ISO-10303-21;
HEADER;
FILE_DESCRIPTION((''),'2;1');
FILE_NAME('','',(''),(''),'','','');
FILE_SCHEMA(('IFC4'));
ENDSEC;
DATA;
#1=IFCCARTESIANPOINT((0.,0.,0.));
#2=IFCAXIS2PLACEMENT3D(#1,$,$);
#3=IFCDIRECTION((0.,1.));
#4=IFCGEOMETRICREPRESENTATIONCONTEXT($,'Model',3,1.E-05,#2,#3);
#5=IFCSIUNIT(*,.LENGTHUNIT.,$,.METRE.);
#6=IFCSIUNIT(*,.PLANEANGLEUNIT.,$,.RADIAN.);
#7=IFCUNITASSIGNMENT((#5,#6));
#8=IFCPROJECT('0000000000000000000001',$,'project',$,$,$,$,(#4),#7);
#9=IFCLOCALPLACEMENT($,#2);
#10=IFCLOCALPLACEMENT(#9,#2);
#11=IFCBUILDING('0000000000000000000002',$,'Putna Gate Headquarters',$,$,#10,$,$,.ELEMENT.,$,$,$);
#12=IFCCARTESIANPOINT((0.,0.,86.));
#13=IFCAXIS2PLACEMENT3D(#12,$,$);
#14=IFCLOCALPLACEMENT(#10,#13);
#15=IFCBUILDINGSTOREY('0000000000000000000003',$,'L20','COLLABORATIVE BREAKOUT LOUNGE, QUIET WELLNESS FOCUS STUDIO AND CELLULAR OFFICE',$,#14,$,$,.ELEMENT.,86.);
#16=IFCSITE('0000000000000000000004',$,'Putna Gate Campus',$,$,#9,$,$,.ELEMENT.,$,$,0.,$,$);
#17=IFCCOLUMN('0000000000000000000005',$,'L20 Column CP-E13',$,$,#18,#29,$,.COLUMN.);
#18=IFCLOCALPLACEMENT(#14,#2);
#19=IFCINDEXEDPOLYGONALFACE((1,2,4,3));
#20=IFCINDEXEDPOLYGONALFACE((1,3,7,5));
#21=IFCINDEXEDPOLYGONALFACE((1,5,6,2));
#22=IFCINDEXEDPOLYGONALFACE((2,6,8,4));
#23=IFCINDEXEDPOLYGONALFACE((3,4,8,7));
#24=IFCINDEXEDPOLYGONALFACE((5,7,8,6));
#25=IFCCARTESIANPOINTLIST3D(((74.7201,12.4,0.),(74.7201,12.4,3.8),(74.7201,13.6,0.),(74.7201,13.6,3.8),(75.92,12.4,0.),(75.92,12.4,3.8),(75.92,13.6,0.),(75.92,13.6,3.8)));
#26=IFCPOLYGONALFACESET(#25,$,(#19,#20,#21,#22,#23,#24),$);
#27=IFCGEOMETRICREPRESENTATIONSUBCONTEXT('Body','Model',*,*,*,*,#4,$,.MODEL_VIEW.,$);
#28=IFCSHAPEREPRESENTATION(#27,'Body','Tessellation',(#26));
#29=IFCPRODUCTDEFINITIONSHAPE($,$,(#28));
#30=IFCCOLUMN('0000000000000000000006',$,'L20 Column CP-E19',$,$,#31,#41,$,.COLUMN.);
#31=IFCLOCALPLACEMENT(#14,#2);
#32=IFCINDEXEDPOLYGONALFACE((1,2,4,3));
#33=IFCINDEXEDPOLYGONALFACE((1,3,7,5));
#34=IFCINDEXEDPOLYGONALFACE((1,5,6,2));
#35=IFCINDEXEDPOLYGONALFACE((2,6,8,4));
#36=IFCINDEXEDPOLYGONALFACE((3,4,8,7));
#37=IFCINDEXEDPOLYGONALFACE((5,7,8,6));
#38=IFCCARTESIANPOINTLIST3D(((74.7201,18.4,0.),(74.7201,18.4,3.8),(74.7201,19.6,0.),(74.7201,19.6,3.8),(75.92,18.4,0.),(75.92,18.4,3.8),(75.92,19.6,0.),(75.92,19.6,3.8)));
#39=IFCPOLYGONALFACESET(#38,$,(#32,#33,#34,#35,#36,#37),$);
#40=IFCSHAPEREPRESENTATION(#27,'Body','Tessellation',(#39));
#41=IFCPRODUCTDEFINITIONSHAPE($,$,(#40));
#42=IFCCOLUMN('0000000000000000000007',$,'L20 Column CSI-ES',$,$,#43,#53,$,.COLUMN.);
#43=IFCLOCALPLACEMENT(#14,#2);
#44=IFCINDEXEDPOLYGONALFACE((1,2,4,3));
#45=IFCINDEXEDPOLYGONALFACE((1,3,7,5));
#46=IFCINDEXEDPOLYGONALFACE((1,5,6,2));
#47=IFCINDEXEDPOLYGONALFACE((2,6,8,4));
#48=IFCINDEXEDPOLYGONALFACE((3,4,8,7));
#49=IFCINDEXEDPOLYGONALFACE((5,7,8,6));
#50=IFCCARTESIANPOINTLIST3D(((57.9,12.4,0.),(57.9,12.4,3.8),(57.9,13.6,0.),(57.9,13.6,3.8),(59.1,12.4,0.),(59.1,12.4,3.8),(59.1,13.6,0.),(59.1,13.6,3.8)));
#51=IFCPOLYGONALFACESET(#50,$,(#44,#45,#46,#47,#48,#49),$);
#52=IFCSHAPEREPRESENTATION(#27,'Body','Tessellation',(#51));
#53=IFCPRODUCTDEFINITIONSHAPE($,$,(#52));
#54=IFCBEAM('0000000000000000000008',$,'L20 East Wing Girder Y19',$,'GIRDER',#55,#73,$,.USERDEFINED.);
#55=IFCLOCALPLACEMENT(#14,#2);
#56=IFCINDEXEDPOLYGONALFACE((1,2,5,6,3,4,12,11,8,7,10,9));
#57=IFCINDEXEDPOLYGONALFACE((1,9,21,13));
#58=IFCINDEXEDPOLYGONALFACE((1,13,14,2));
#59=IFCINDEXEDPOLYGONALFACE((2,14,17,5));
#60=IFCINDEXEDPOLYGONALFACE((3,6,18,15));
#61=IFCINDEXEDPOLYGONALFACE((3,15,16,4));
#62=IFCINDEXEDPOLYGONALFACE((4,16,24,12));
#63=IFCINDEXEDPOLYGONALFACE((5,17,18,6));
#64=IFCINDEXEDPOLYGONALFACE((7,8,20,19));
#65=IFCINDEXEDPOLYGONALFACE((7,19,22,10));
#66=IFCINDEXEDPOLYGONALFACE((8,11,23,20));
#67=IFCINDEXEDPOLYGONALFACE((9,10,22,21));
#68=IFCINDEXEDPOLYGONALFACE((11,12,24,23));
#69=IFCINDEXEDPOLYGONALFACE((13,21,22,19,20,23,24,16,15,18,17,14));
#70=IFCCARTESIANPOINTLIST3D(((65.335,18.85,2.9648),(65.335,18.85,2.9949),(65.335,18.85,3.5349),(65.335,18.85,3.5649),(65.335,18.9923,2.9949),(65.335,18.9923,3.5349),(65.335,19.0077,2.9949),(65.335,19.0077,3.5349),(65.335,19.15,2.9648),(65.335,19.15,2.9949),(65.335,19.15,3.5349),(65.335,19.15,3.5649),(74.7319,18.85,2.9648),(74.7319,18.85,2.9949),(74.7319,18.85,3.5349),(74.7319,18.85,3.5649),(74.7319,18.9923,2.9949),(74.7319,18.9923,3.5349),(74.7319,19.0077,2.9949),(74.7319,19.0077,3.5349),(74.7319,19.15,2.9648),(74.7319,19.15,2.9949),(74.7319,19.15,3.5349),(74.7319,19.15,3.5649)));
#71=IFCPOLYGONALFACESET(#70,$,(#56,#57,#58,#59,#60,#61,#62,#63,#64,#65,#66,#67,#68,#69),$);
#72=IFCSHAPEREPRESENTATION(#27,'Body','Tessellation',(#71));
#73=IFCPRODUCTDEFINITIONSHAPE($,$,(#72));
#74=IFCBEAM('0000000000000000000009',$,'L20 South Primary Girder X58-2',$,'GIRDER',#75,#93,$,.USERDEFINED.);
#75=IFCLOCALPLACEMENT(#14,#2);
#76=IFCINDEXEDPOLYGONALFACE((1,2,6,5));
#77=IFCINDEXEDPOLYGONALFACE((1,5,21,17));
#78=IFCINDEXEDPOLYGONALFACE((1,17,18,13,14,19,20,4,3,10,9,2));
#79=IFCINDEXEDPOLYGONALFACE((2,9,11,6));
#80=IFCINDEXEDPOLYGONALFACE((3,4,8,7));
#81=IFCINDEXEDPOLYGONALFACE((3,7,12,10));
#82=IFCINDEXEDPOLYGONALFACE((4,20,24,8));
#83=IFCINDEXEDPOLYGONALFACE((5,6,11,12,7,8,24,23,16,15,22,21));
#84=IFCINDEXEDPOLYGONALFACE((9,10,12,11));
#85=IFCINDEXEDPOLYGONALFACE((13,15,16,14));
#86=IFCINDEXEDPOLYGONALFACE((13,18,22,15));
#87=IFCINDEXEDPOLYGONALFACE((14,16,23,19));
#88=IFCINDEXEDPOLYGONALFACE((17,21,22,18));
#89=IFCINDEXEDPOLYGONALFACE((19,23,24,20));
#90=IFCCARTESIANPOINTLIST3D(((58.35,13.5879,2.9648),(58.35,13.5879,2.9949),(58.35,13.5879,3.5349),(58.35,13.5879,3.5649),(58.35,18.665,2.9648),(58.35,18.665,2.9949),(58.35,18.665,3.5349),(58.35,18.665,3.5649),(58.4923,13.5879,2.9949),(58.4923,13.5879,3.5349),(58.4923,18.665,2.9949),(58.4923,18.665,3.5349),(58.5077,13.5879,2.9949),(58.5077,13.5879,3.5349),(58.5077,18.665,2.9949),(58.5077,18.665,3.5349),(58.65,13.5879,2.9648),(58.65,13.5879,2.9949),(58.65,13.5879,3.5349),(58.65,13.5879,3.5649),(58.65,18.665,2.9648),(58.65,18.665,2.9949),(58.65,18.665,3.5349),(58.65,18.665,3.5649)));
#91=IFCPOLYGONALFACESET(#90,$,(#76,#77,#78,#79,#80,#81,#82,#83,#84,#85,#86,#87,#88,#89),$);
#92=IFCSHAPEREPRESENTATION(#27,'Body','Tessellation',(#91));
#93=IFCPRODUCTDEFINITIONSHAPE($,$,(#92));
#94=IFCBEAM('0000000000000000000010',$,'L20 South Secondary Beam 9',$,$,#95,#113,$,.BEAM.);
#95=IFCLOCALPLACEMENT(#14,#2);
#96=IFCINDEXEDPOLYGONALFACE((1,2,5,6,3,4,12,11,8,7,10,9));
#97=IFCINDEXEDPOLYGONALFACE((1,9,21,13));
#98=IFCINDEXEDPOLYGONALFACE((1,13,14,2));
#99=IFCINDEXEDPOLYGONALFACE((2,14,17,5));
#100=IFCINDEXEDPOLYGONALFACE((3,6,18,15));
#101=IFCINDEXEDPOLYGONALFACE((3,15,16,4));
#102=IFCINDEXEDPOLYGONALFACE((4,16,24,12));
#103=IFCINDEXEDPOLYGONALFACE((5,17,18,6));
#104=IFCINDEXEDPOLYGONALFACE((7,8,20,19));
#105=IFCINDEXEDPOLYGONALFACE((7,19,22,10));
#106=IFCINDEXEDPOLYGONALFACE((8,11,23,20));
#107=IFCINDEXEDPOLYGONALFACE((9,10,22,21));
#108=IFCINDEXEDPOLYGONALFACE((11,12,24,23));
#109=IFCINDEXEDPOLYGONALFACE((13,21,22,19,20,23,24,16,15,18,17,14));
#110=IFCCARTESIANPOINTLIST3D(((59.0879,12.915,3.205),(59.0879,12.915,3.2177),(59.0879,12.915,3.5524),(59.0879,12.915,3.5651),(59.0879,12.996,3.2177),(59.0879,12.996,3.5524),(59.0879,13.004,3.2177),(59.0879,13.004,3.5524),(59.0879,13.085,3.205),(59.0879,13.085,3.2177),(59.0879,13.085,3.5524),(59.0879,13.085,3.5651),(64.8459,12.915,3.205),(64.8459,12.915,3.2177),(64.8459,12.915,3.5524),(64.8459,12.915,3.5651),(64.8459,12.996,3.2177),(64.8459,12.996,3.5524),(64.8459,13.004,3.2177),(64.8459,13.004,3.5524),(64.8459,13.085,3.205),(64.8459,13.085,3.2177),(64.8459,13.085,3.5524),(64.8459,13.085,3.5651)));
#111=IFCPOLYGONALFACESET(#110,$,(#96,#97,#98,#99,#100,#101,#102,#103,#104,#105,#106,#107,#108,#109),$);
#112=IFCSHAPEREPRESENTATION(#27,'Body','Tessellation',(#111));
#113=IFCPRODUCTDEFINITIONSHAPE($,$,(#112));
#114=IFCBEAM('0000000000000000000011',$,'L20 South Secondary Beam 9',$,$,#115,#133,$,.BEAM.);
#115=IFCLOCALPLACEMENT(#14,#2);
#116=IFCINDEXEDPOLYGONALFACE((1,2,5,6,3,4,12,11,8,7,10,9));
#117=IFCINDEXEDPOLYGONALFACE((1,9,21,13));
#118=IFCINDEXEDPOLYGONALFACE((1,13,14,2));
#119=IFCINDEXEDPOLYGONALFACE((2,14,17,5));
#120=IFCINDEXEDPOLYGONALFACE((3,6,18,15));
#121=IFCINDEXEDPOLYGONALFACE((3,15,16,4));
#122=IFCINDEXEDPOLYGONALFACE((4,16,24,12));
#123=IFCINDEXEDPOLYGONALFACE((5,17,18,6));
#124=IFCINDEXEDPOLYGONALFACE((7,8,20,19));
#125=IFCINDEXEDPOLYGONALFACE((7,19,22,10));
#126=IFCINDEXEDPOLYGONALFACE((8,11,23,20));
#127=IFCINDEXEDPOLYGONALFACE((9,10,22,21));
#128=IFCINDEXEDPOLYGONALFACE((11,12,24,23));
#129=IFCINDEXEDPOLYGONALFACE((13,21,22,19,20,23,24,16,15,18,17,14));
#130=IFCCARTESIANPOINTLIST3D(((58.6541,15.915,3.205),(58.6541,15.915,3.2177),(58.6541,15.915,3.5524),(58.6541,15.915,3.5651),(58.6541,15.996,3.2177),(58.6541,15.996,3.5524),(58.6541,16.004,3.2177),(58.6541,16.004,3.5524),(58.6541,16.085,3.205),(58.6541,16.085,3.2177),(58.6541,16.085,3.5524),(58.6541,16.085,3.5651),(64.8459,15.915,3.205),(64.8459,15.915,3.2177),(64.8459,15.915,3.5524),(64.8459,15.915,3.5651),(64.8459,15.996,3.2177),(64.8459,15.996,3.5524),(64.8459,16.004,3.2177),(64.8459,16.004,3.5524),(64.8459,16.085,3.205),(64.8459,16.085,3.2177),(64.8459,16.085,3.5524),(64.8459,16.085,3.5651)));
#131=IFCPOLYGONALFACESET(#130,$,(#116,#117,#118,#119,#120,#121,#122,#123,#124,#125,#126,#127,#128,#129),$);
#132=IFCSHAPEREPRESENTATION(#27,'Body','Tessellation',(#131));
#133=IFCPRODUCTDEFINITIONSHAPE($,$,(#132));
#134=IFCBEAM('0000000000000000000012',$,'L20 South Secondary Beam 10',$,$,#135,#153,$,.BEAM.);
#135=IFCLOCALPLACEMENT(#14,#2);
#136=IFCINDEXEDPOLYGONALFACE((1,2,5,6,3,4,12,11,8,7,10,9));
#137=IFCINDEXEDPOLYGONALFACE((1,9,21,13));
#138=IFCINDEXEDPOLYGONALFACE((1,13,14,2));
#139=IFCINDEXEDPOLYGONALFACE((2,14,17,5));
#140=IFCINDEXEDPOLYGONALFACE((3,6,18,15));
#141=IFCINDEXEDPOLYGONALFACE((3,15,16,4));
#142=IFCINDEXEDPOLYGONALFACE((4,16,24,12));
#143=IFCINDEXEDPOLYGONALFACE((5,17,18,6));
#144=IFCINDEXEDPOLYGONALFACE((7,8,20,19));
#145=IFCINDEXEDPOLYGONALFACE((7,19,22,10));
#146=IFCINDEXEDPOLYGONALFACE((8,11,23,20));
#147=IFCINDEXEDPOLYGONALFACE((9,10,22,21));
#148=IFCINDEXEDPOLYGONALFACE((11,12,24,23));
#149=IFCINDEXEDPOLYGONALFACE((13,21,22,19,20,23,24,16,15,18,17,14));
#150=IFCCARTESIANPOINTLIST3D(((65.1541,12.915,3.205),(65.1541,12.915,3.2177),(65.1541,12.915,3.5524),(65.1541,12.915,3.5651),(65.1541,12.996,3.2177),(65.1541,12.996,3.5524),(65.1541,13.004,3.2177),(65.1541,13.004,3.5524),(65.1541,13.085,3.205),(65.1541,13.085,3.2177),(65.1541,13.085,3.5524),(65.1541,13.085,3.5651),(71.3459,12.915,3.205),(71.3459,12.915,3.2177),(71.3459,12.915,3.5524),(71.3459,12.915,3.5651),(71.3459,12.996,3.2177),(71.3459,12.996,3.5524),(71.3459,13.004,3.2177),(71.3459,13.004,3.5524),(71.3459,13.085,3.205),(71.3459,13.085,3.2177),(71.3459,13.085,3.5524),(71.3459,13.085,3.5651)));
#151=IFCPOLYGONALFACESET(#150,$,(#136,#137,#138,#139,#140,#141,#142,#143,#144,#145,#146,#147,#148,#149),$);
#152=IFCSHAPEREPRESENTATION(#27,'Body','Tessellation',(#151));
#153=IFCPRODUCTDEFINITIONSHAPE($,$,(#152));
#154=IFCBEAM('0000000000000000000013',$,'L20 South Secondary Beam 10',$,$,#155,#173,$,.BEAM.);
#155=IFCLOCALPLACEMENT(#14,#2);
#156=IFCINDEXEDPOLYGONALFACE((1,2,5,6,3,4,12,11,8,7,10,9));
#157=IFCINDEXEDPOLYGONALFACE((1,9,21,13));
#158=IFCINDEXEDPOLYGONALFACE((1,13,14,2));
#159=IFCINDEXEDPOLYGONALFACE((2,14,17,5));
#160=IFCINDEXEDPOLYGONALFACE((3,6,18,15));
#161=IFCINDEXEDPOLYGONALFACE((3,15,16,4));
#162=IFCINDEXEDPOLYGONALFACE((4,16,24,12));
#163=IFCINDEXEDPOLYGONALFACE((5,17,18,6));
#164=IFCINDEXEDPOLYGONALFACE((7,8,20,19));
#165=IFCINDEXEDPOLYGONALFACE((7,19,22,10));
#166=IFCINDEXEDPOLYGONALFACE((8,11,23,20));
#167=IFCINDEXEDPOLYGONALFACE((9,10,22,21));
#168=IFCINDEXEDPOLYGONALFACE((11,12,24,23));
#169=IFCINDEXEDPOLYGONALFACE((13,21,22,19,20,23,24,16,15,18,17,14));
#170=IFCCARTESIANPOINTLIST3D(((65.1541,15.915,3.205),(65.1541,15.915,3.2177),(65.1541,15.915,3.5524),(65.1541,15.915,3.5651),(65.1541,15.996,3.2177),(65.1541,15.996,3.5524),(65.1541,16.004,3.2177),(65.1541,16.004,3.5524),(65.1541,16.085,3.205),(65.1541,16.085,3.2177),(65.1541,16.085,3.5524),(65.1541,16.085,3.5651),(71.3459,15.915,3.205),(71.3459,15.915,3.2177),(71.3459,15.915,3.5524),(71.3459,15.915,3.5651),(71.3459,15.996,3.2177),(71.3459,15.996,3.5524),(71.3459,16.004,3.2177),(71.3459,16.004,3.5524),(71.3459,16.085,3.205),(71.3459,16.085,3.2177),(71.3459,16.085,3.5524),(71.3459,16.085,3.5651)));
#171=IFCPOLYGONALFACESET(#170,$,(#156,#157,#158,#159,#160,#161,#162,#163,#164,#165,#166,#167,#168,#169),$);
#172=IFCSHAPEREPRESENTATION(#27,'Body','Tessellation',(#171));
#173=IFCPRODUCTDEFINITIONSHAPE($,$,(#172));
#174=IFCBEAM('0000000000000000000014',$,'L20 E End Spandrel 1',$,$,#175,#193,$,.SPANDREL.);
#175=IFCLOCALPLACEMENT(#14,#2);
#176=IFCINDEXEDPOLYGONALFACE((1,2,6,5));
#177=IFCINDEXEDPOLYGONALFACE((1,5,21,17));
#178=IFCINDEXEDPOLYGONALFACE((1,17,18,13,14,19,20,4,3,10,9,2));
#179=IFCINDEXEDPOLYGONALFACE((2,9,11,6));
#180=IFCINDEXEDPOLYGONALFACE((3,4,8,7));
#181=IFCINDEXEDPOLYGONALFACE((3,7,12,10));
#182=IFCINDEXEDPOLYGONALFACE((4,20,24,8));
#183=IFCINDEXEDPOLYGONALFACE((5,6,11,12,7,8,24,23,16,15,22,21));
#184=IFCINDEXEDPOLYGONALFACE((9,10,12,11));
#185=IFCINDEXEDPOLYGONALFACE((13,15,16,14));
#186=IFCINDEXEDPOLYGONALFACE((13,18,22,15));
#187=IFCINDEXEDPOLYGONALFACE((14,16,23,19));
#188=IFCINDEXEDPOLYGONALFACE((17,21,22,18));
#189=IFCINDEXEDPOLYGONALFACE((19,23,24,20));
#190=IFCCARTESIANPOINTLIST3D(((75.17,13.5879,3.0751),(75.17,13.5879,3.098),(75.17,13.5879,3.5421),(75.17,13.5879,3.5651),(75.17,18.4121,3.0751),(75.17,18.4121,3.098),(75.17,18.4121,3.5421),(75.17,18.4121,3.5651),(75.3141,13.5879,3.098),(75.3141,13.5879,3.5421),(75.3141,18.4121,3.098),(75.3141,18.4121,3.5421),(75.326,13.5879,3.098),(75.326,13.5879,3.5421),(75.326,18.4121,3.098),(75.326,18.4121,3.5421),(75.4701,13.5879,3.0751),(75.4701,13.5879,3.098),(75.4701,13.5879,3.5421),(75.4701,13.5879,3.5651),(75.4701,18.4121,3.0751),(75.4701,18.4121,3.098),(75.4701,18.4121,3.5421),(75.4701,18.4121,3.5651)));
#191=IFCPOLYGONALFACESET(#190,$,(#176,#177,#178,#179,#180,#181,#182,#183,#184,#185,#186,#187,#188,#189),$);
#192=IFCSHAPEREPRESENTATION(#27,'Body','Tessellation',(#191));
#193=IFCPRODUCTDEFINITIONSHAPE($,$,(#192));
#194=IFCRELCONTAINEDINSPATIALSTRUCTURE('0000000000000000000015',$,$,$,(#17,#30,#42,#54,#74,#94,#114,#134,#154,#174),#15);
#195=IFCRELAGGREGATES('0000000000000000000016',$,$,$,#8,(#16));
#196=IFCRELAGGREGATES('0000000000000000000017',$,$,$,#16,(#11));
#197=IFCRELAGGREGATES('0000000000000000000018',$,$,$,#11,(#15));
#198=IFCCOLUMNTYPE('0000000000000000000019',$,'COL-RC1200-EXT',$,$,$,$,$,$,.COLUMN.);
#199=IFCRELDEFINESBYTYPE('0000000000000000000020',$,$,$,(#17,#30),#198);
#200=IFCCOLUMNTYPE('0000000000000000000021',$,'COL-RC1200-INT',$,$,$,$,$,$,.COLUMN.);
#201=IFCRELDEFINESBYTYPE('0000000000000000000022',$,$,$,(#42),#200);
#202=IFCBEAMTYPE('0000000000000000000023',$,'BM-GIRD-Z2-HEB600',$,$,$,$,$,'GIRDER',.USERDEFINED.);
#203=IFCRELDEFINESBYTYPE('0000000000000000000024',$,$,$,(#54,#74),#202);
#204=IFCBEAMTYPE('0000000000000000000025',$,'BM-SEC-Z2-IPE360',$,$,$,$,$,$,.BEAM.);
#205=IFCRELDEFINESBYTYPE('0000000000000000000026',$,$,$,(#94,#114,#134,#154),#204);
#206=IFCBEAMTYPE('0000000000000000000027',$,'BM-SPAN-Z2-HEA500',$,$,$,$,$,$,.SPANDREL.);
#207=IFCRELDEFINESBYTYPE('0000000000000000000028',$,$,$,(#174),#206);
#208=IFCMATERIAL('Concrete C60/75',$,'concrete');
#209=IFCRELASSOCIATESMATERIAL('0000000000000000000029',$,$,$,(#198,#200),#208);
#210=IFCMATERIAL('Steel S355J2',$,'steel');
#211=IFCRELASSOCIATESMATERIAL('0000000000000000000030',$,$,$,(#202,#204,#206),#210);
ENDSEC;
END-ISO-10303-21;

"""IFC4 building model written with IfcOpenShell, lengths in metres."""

from ifc_helpers import new_model, si_unit, direction, frame, origin, origin_2d, place, context, subcontext, project, spatial, rectangle, i_section, extrude, material, material_profile, profile_set, type_object, element, save


model = new_model("IFC4")

# Units and contexts
model_context = context("Model", 3, precision=1e-05, world=origin(), true_north=direction((0.0, 1.0)))
body_context = subcontext(model_context, "Body", "Model", "MODEL_VIEW")
ifc_project = project(units=[si_unit("LENGTHUNIT", "METRE"), si_unit("PLANEANGLEUNIT", "RADIAN")], contexts=[model_context])

# Site, building, storey
site_placement = place(None, origin())
site = spatial("IfcSite", under=ifc_project, at=site_placement, Name="Putna Gate Campus", CompositionType="ELEMENT", RefElevation=0.0)
building_placement = place(site_placement, origin())
building = spatial("IfcBuilding", under=site, at=building_placement, Name="Putna Gate Headquarters", CompositionType="ELEMENT")
storey_placement = place(building_placement, frame((0.0, 0.0, 86.0)))
storey = spatial("IfcBuildingStorey", under=building, at=storey_placement, Name="L20", Description="COLLABORATIVE BREAKOUT LOUNGE, QUIET WELLNESS FOCUS STUDIO AND CELLULAR OFFICE", CompositionType="ELEMENT", Elevation=86.0)

# Columns
ifc_material_1 = material(Name="Concrete C60/75", Category="concrete")
ifc_material_profile_1 = material_profile(ifc_material_1, rectangle(XDim=1.2, YDim=1.2, at=origin_2d()), Name="Concrete C60/75")
ifc_profile_set_1 = profile_set([ifc_material_profile_1], Name="Concrete C60/75")
column_type_1 = type_object("IfcColumnType", Name="COL-RC1200-EXT", PredefinedType="COLUMN", material=ifc_profile_set_1)
for number, where, z_axis, x_axis, name in (
    (1, (75.3201, 13.0, 0.0), (0.0, 0.0, 1.0), (1.0, 0.0, 0.0), "L20 Column CP-E13"),
    (2, (75.3201, 19.0, 0.0), (0.0, 0.0, 1.0), (1.0, 0.0, 0.0), "L20 Column CP-E19"),
):
    element("IfcColumn", number, at=place(storey_placement, frame(where, z_axis=z_axis, x_axis=x_axis)), inside=storey, type_object=column_type_1, Name=name, PredefinedType="COLUMN", context=body_context, shape_type="SweptSolid", body=[
        extrude(rectangle(XDim=1.2, YDim=1.2, at=origin_2d()), origin(), (0.0, 0.0, 1.0), 3.8),
    ])
ifc_material_profile_2 = material_profile(ifc_material_1, rectangle(XDim=1.2, YDim=1.2, at=origin_2d()), Name="Concrete C60/75")
ifc_profile_set_2 = profile_set([ifc_material_profile_2], Name="Concrete C60/75")
column_type_2 = type_object("IfcColumnType", Name="COL-RC1200-INT", PredefinedType="COLUMN", material=ifc_profile_set_2)
column_placement = place(storey_placement, frame((58.5, 13.0, 0.0), z_axis=(0.0, 0.0, 1.0), x_axis=(1.0, 0.0, 0.0)))
element("IfcColumn", 3, at=column_placement, inside=storey, type_object=column_type_2, Name="L20 Column CSI-ES", PredefinedType="COLUMN", context=body_context, shape_type="SweptSolid", body=[
    extrude(rectangle(XDim=1.2, YDim=1.2, at=origin_2d()), origin(), (0.0, 0.0, 1.0), 3.8),
])

# Beams
ifc_material_2 = material(Name="Steel S355J2", Category="steel")
ifc_material_profile_3 = material_profile(ifc_material_2, i_section(OverallWidth=0.3, OverallDepth=0.6001, WebThickness=0.0154, FlangeThickness=0.03, at=origin_2d()), Name="Steel S355J2")
ifc_profile_set_3 = profile_set([ifc_material_profile_3], Name="Steel S355J2")
beam_type_1 = type_object("IfcBeamType", Name="BM-GIRD-Z2-HEB600", ElementType="GIRDER", PredefinedType="USERDEFINED", material=ifc_profile_set_3)
beam_1_placement = place(storey_placement, frame((65.335, 19.0, 3.2649), z_axis=(1.0, 0.0, 0.0), x_axis=(0.0, 1.0, 0.0)))
element("IfcBeam", 4, at=beam_1_placement, inside=storey, type_object=beam_type_1, Name="L20 East Wing Girder Y19", ObjectType="GIRDER", PredefinedType="USERDEFINED", context=body_context, shape_type="SweptSolid", body=[
    extrude(i_section(OverallWidth=0.3, OverallDepth=0.6001, WebThickness=0.0154, FlangeThickness=0.03, at=origin_2d()), origin(), (0.0, 0.0, 1.0), 9.397),
])
beam_2_placement = place(storey_placement, frame((58.5, 13.5879, 3.2649), z_axis=(0.0, 1.0, 0.0), x_axis=(-1.0, 0.0, 0.0)))
element("IfcBeam", 5, at=beam_2_placement, inside=storey, type_object=beam_type_1, Name="L20 South Primary Girder X58-2", ObjectType="GIRDER", PredefinedType="USERDEFINED", context=body_context, shape_type="SweptSolid", body=[
    extrude(i_section(OverallWidth=0.3, OverallDepth=0.6001, WebThickness=0.0154, FlangeThickness=0.03, at=origin_2d()), origin(), (0.0, 0.0, 1.0), 5.0771),
])
ifc_material_profile_4 = material_profile(ifc_material_2, i_section(OverallWidth=0.1699, OverallDepth=0.3601, WebThickness=0.0081, FlangeThickness=0.0127, at=origin_2d()), Name="Steel S355J2")
ifc_profile_set_4 = profile_set([ifc_material_profile_4], Name="Steel S355J2")
beam_type_2 = type_object("IfcBeamType", Name="BM-SEC-Z2-IPE360", PredefinedType="BEAM", material=ifc_profile_set_4)
beam_3_placement = place(storey_placement, frame((59.0879, 13.0, 3.385), z_axis=(1.0, 0.0, 0.0), x_axis=(0.0, 1.0, 0.0)))
element("IfcBeam", 6, at=beam_3_placement, inside=storey, type_object=beam_type_2, Name="L20 South Secondary Beam 9", PredefinedType="BEAM", context=body_context, shape_type="SweptSolid", body=[
    extrude(i_section(OverallWidth=0.1699, OverallDepth=0.3601, WebThickness=0.0081, FlangeThickness=0.0127, at=origin_2d()), origin(), (0.0, 0.0, 1.0), 5.7581),
])
for number, where, z_axis, x_axis, name in (
    (7, (58.6541, 16.0, 3.385), (1.0, 0.0, 0.0), (0.0, 1.0, 0.0), "L20 South Secondary Beam 9"),
    (8, (65.1541, 13.0, 3.385), (1.0, 0.0, 0.0), (0.0, 1.0, 0.0), "L20 South Secondary Beam 10"),
    (9, (65.1541, 16.0, 3.385), (1.0, 0.0, 0.0), (0.0, 1.0, 0.0), "L20 South Secondary Beam 10"),
):
    element("IfcBeam", number, at=place(storey_placement, frame(where, z_axis=z_axis, x_axis=x_axis)), inside=storey, type_object=beam_type_2, Name=name, PredefinedType="BEAM", context=body_context, shape_type="SweptSolid", body=[
        extrude(i_section(OverallWidth=0.1699, OverallDepth=0.3601, WebThickness=0.0081, FlangeThickness=0.0127, at=origin_2d()), origin(), (0.0, 0.0, 1.0), 6.1919),
    ])
ifc_material_profile_5 = material_profile(ifc_material_2, i_section(OverallWidth=0.3, OverallDepth=0.49, WebThickness=0.012, FlangeThickness=0.0229, at=origin_2d()), Name="Steel S355J2")
ifc_profile_set_5 = profile_set([ifc_material_profile_5], Name="Steel S355J2")
beam_type_3 = type_object("IfcBeamType", Name="BM-SPAN-Z2-HEA500", PredefinedType="SPANDREL", material=ifc_profile_set_5)
beam_4_placement = place(storey_placement, frame((75.3201, 13.5879, 3.3201), z_axis=(0.0, 1.0, 0.0), x_axis=(-1.0, 0.0, 0.0)))
element("IfcBeam", 10, at=beam_4_placement, inside=storey, type_object=beam_type_3, Name="L20 E End Spandrel 1", PredefinedType="SPANDREL", context=body_context, shape_type="SweptSolid", body=[
    extrude(i_section(OverallWidth=0.3, OverallDepth=0.49, WebThickness=0.012, FlangeThickness=0.0229, at=origin_2d()), origin(), (0.0, 0.0, 1.0), 4.8242),
])

save(model, "model.ifc")
